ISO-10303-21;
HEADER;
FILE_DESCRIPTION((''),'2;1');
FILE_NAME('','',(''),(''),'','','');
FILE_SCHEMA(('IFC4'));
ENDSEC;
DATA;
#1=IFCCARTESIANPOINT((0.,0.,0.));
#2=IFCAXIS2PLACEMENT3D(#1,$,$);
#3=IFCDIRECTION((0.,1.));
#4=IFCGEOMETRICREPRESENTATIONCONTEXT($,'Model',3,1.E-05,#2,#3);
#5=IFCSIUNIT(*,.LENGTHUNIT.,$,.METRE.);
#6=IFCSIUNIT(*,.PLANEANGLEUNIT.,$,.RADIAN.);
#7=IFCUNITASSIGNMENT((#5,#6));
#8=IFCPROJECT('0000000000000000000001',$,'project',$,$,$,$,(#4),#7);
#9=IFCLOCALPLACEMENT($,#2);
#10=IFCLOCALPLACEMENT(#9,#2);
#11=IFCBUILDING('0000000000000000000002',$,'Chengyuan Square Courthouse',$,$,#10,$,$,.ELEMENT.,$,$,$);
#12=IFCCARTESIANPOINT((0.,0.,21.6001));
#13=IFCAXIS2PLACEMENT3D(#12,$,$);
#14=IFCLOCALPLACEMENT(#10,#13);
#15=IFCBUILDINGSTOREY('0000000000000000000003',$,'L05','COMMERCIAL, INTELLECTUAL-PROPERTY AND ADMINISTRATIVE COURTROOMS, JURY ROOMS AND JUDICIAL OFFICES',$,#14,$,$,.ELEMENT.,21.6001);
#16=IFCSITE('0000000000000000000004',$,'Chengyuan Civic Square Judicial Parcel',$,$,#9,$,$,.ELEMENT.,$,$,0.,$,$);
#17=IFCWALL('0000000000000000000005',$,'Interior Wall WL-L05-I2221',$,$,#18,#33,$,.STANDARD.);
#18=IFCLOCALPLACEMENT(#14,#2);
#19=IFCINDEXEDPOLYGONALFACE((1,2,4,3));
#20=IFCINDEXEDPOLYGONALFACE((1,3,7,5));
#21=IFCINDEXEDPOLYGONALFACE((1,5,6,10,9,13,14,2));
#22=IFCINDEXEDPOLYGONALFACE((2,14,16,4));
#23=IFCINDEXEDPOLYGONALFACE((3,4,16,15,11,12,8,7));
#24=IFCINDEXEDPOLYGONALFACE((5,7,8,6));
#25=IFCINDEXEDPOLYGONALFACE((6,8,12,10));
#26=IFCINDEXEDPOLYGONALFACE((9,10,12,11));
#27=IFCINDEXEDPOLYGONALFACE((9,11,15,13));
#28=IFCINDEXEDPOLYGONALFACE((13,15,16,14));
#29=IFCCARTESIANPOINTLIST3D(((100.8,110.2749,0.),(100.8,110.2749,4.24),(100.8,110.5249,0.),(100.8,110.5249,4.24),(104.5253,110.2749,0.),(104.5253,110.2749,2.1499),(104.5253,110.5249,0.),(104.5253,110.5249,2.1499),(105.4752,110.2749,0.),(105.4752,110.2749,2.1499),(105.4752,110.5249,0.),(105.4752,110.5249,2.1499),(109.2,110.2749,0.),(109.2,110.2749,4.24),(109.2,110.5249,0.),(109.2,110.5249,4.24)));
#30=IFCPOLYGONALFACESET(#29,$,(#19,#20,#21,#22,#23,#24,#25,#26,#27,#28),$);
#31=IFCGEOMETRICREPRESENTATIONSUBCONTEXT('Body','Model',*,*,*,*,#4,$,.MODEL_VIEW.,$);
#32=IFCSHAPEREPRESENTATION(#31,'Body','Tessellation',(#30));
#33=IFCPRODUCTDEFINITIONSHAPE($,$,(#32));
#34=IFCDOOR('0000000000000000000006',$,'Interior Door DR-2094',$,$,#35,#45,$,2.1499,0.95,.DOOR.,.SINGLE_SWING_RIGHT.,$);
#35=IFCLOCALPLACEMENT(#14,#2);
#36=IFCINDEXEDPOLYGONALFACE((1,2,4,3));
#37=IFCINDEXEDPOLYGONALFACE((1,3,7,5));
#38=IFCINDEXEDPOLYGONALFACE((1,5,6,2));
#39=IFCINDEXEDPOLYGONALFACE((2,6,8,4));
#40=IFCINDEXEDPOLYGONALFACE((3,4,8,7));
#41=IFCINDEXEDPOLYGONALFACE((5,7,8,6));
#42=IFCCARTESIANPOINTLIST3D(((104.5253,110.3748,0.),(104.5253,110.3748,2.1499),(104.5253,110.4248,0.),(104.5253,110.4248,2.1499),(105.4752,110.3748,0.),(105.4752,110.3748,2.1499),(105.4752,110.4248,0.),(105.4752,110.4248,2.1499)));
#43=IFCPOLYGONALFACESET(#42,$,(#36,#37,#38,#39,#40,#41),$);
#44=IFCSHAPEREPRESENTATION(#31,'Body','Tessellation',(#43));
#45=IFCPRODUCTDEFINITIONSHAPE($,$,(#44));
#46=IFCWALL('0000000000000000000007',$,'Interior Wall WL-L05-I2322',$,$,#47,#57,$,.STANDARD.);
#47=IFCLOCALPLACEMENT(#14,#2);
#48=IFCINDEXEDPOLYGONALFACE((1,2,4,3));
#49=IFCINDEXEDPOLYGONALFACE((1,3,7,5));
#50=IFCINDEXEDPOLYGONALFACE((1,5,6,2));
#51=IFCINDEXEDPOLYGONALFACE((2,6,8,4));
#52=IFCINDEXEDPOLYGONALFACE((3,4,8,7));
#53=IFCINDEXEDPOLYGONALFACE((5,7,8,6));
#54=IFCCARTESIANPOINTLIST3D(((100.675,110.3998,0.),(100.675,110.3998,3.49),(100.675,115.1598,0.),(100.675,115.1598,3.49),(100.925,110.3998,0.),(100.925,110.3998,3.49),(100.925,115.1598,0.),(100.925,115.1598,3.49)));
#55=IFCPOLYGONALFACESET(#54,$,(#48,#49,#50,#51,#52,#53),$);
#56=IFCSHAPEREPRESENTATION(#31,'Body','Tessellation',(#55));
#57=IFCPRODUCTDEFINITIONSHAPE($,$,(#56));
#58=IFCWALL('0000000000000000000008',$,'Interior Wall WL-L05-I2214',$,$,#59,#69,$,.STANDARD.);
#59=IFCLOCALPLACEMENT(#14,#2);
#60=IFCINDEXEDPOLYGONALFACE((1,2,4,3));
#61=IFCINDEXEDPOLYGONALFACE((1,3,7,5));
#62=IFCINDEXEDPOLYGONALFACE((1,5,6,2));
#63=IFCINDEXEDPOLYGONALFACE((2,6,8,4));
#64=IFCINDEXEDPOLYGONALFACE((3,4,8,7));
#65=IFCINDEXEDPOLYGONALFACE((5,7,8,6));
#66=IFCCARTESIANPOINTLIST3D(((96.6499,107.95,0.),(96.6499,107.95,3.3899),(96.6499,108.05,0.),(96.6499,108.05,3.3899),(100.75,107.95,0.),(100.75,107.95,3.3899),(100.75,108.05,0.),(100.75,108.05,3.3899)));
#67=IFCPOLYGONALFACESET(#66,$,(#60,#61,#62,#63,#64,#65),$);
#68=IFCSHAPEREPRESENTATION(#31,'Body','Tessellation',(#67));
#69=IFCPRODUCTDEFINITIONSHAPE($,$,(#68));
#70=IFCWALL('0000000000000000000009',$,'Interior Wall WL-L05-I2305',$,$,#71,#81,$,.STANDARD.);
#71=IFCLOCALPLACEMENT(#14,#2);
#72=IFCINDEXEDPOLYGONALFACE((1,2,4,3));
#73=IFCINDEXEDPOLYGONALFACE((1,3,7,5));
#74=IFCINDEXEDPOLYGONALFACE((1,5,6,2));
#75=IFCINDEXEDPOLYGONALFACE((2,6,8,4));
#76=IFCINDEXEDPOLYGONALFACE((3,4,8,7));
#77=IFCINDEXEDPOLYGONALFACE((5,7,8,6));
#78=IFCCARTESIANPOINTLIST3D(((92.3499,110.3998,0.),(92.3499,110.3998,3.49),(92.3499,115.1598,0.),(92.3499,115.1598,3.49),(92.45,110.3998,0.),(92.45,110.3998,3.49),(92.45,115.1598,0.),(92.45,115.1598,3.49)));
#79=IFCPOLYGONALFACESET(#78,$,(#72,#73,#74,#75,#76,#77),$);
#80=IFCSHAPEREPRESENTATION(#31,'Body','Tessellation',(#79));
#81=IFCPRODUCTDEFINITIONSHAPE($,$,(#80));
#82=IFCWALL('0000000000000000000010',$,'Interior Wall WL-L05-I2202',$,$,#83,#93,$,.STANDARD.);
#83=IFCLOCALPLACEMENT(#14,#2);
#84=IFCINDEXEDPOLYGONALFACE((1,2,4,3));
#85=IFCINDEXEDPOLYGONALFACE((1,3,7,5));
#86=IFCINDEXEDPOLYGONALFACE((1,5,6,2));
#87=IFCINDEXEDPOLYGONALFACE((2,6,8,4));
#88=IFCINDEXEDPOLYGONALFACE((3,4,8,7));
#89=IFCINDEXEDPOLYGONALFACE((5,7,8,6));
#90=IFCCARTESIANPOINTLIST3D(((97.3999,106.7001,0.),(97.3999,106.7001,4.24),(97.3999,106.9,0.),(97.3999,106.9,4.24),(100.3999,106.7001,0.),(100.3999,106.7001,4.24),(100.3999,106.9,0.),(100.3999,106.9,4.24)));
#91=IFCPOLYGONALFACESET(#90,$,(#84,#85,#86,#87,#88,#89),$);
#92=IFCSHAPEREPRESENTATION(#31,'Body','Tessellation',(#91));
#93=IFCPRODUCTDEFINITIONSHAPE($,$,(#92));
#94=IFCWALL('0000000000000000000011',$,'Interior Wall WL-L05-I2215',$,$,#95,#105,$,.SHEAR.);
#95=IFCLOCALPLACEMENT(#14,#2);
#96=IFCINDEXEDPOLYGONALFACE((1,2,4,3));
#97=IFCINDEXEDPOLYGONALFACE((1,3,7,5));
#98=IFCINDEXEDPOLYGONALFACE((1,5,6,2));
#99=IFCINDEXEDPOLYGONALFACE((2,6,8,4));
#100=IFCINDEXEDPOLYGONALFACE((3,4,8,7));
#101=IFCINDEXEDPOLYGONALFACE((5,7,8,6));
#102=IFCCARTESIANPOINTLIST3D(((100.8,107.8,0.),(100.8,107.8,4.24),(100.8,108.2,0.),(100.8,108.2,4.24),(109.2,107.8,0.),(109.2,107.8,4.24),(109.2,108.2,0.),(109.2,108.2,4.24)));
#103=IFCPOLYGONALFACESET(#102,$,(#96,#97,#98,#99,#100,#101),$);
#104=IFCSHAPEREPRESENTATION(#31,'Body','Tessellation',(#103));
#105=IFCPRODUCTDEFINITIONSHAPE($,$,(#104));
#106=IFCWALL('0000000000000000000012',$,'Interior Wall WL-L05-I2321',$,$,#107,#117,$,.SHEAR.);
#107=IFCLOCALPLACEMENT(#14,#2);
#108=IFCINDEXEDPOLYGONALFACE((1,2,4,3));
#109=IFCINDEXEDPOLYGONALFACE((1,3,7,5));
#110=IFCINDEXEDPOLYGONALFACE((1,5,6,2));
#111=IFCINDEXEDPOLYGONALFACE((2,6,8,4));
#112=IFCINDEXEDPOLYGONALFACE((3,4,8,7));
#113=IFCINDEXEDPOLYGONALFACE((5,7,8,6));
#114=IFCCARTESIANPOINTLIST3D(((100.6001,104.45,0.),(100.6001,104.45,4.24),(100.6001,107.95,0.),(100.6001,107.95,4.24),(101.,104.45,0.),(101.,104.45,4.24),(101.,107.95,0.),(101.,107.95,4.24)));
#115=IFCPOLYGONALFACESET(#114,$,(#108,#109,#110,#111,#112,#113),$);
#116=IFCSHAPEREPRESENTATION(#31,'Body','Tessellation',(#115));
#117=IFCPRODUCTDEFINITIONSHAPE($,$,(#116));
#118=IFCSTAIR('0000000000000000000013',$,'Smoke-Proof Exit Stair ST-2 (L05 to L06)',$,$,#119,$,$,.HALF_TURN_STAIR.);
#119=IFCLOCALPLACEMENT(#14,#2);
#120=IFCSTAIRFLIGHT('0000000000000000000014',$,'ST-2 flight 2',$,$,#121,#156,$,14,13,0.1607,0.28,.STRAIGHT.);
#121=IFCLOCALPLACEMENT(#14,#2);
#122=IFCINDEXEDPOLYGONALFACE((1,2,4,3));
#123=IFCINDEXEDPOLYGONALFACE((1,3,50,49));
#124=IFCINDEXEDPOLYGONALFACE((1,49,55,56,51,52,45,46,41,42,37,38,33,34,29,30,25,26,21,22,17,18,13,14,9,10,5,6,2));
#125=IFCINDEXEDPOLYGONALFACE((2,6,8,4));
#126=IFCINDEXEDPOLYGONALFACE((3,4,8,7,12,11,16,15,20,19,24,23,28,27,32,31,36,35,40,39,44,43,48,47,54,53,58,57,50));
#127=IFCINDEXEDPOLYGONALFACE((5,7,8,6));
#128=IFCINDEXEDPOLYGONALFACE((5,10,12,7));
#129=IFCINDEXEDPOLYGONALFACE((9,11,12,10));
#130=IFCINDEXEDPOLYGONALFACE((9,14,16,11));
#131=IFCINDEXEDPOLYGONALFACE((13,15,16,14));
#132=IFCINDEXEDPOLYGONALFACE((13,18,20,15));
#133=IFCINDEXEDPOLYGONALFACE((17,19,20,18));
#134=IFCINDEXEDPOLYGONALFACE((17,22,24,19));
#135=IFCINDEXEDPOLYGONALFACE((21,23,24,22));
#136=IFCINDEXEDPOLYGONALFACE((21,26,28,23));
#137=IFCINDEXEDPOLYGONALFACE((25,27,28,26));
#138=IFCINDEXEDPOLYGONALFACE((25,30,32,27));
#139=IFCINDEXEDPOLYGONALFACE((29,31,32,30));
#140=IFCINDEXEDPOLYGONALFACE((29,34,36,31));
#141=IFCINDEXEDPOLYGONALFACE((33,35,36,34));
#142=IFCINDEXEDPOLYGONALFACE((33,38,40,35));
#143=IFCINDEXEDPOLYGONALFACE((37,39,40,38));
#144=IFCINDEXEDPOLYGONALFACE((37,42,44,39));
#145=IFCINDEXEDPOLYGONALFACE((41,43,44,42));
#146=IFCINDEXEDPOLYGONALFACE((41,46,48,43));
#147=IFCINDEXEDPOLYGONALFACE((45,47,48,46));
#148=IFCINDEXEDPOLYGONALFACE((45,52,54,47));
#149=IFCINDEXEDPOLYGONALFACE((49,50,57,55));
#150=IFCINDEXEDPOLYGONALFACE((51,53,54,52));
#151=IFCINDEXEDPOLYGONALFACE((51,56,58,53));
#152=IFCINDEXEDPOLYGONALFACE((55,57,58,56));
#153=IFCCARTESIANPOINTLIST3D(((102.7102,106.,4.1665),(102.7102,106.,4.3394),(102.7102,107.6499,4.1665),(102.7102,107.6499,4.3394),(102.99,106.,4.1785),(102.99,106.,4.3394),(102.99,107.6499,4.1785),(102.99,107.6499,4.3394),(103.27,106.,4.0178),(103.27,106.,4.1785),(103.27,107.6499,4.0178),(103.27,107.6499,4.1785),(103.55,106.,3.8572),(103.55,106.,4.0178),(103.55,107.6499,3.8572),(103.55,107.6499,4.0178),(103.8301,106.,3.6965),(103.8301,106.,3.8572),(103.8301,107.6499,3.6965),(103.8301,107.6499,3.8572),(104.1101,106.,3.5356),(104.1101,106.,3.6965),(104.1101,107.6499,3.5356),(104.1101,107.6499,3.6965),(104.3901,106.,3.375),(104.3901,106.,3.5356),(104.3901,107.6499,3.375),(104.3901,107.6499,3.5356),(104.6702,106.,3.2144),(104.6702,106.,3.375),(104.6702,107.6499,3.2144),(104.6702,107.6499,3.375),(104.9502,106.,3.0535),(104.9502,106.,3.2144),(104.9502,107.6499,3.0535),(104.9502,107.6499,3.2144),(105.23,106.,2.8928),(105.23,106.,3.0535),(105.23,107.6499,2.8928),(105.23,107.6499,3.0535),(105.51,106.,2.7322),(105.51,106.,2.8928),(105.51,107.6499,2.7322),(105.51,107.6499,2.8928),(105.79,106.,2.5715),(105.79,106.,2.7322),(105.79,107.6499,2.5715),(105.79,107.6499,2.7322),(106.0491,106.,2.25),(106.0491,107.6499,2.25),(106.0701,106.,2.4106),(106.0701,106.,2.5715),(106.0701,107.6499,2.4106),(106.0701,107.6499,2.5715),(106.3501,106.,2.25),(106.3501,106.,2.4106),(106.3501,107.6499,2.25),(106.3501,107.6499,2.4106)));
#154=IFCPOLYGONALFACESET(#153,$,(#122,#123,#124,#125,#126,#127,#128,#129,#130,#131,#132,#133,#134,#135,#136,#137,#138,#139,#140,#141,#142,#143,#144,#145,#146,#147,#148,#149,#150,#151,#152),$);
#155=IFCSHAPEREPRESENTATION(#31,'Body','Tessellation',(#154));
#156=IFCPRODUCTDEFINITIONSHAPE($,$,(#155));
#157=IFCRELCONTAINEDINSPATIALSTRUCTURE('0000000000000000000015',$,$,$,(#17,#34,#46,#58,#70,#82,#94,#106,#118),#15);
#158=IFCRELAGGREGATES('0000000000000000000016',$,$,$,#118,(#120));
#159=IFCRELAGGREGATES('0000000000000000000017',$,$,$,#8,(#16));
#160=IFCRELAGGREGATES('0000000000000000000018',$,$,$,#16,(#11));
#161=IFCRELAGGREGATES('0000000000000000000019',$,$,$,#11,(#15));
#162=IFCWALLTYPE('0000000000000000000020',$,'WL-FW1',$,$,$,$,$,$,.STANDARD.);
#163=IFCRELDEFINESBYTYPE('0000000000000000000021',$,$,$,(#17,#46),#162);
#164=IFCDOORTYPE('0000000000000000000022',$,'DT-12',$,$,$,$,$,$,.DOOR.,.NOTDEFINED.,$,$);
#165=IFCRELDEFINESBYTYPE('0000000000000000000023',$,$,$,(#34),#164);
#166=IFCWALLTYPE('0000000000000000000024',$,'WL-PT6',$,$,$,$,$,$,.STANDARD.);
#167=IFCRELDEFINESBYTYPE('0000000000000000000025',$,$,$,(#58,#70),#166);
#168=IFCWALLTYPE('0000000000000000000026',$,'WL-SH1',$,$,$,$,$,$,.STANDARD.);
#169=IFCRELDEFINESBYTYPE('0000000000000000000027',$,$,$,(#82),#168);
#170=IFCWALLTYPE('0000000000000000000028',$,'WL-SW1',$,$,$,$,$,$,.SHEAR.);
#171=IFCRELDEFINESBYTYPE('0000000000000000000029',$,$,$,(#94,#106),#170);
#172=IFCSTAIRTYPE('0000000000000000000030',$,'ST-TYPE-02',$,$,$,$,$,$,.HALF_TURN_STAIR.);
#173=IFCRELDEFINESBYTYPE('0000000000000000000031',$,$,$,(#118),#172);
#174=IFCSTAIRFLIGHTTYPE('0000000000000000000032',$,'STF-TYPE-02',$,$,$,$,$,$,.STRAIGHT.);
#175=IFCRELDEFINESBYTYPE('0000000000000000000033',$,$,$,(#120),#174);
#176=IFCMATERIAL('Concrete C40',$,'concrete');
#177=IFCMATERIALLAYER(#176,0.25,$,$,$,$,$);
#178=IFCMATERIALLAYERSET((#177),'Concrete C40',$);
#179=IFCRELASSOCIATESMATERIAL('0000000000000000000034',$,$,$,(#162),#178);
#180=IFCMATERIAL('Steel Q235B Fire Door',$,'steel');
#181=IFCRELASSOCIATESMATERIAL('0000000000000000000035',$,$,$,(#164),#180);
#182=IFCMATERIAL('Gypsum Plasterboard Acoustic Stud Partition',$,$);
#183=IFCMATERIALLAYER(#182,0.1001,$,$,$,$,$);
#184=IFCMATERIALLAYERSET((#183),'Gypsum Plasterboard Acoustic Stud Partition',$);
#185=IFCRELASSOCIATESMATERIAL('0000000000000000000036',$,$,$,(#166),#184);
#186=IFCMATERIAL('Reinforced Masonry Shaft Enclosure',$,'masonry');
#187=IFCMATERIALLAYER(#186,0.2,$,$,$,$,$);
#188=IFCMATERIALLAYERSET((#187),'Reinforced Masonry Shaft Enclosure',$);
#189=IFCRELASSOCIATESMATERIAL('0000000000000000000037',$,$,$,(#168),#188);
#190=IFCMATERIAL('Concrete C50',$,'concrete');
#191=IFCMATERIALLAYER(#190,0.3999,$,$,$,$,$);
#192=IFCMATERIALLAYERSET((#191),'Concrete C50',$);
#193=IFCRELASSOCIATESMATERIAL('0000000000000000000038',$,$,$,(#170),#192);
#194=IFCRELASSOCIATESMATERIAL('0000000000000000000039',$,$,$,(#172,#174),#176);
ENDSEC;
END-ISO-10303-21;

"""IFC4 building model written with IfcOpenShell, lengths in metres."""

from ifc_helpers import new_model, si_unit, direction, frame, frame_2d, origin, place, context, subcontext, project, spatial, polyline, rectangle, outline, extrude, material, layer, layer_set, type_object, element, fill, aggregate, save


model = new_model("IFC4")

# Units and contexts
model_context = context("Model", 3, precision=1e-05, world=origin(), true_north=direction((0.0, 1.0)))
body_context = subcontext(model_context, "Body", "Model", "MODEL_VIEW")
ifc_project = project(units=[si_unit("LENGTHUNIT", "METRE"), si_unit("PLANEANGLEUNIT", "RADIAN")], contexts=[model_context])

# Site, building, storey
site_placement = place(None, origin())
site = spatial("IfcSite", under=ifc_project, at=site_placement, Name="Chengyuan Civic Square Judicial Parcel", CompositionType="ELEMENT", RefElevation=0.0)
building_placement = place(site_placement, origin())
building = spatial("IfcBuilding", under=site, at=building_placement, Name="Chengyuan Square Courthouse", CompositionType="ELEMENT")
storey_placement = place(building_placement, frame((0.0, 0.0, 21.6001)))
storey = spatial("IfcBuildingStorey", under=building, at=storey_placement, Name="L05", Description="COMMERCIAL, INTELLECTUAL-PROPERTY AND ADMINISTRATIVE COURTROOMS, JURY ROOMS AND JUDICIAL OFFICES", CompositionType="ELEMENT", Elevation=21.6001)

# Shared definitions
ifc_material_1 = material(Name="Concrete C50", Category="concrete")

# Shared definitions
ifc_material_2 = material(Name="Concrete C40", Category="concrete")

# Wall, opening, door
ifc_layer_1 = layer(ifc_material_2, 0.25)
ifc_layer_set_1 = layer_set([ifc_layer_1], Name="Concrete C40")
wall_type_1 = type_object("IfcWallType", Name="WL-FW1", PredefinedType="STANDARD", material=ifc_layer_set_1)
ifc_material_3 = material(Name="Steel Q235B Fire Door", Category="steel")
wall_1_placement = place(storey_placement, frame((100.8, 110.3999, 0.0), z_axis=(0.0, 0.0, 1.0), x_axis=(1.0, 0.0, 0.0)))
wall_1 = element("IfcWall", 1, at=wall_1_placement, inside=storey, type_object=wall_type_1, Name="Interior Wall WL-L05-I2221", PredefinedType="STANDARD", context=body_context, shape_type="SweptSolid", body=[
    extrude(rectangle(XDim=8.3999, YDim=0.25, at=frame_2d((4.2, 0.0))), origin(), (0.0, 0.0, 1.0), 4.24),
])
opening_1_placement = place(wall_1_placement, frame((3.7251, 0.0, 0.0)))
opening_1 = element("IfcOpeningElement", 2, at=opening_1_placement, cuts=wall_1, PredefinedType="OPENING", context=body_context, shape_type="SweptSolid", body=[
    extrude(rectangle(XDim=0.95, YDim=2.1499, at=frame_2d((0.4751, 1.075))), frame((0.0, 0.137, 0.0), z_axis=(0.0, -1.0, 0.0), x_axis=(1.0, 0.0, 0.0)), (0.0, 0.0, 1.0), 0.2739),
])
door_type_1 = type_object("IfcDoorType", Name="DT-12", OperationType="NOTDEFINED", PredefinedType="DOOR", material=ifc_material_3)
door_1_placement = place(opening_1_placement, origin())
door_1 = element("IfcDoor", 3, at=door_1_placement, inside=storey, type_object=door_type_1, Name="Interior Door DR-2094", OperationType="SINGLE_SWING_RIGHT", OverallHeight=2.1499, OverallWidth=0.95, PredefinedType="DOOR", context=body_context, shape_type="SweptSolid", body=[
    extrude(rectangle(XDim=0.95, YDim=2.1499, at=frame_2d((0.4751, 1.075))), frame((0.0, 0.0249, 0.0), z_axis=(0.0, -1.0, 0.0), x_axis=(1.0, 0.0, 0.0)), (0.0, 0.0, 1.0), 0.05),
])
fill(opening_1, door_1)

# Walls
wall_2_placement = place(storey_placement, frame((100.8, 110.3999, 0.0), z_axis=(0.0, 0.0, 1.0), x_axis=(0.0, 1.0, 0.0)))
element("IfcWall", 4, at=wall_2_placement, inside=storey, type_object=wall_type_1, Name="Interior Wall WL-L05-I2322", PredefinedType="STANDARD", context=body_context, shape_type="SweptSolid", body=[
    extrude(rectangle(XDim=4.76, YDim=0.25, at=frame_2d((2.3799, 0.0))), origin(), (0.0, 0.0, 1.0), 3.49),
])
ifc_material_4 = material(Name="Gypsum Plasterboard Acoustic Stud Partition")
ifc_layer_2 = layer(ifc_material_4, 0.1001)
ifc_layer_set_2 = layer_set([ifc_layer_2], Name="Gypsum Plasterboard Acoustic Stud Partition")
wall_type_2 = type_object("IfcWallType", Name="WL-PT6", PredefinedType="STANDARD", material=ifc_layer_set_2)
wall_3_placement = place(storey_placement, frame((96.6499, 108.0, 0.0), z_axis=(0.0, 0.0, 1.0), x_axis=(1.0, 0.0, 0.0)))
element("IfcWall", 5, at=wall_3_placement, inside=storey, type_object=wall_type_2, Name="Interior Wall WL-L05-I2214", PredefinedType="STANDARD", context=body_context, shape_type="SweptSolid", body=[
    extrude(rectangle(XDim=4.1001, YDim=0.1001, at=frame_2d((2.05, 0.0))), origin(), (0.0, 0.0, 1.0), 3.3899),
])
wall_4_placement = place(storey_placement, frame((92.3999, 110.3999, 0.0), z_axis=(0.0, 0.0, 1.0), x_axis=(0.0, 1.0, 0.0)))
element("IfcWall", 6, at=wall_4_placement, inside=storey, type_object=wall_type_2, Name="Interior Wall WL-L05-I2305", PredefinedType="STANDARD", context=body_context, shape_type="SweptSolid", body=[
    extrude(rectangle(XDim=4.76, YDim=0.1001, at=frame_2d((2.3799, 0.0))), origin(), (0.0, 0.0, 1.0), 3.49),
])
ifc_material_5 = material(Name="Reinforced Masonry Shaft Enclosure", Category="masonry")
ifc_layer_3 = layer(ifc_material_5, 0.2)
ifc_layer_set_3 = layer_set([ifc_layer_3], Name="Reinforced Masonry Shaft Enclosure")
wall_type_3 = type_object("IfcWallType", Name="WL-SH1", PredefinedType="STANDARD", material=ifc_layer_set_3)
wall_5_placement = place(storey_placement, frame((97.3999, 106.8, 0.0), z_axis=(0.0, 0.0, 1.0), x_axis=(1.0, 0.0, 0.0)))
element("IfcWall", 7, at=wall_5_placement, inside=storey, type_object=wall_type_3, Name="Interior Wall WL-L05-I2202", PredefinedType="STANDARD", context=body_context, shape_type="SweptSolid", body=[
    extrude(rectangle(XDim=3.0, YDim=0.2, at=frame_2d((1.5, 0.0))), origin(), (0.0, 0.0, 1.0), 4.24),
])
ifc_layer_4 = layer(ifc_material_1, 0.3999)
ifc_layer_set_4 = layer_set([ifc_layer_4], Name="Concrete C50")
wall_type_4 = type_object("IfcWallType", Name="WL-SW1", PredefinedType="SHEAR", material=ifc_layer_set_4)
wall_6_placement = place(storey_placement, frame((100.8, 108.0, 0.0), z_axis=(0.0, 0.0, 1.0), x_axis=(1.0, 0.0, 0.0)))
element("IfcWall", 8, at=wall_6_placement, inside=storey, type_object=wall_type_4, Name="Interior Wall WL-L05-I2215", PredefinedType="SHEAR", context=body_context, shape_type="SweptSolid", body=[
    extrude(rectangle(XDim=8.3999, YDim=0.3999, at=frame_2d((4.2, 0.0))), origin(), (0.0, 0.0, 1.0), 4.24),
])
wall_7_placement = place(storey_placement, frame((100.8, 104.45, 0.0), z_axis=(0.0, 0.0, 1.0), x_axis=(0.0, 1.0, 0.0)))
element("IfcWall", 9, at=wall_7_placement, inside=storey, type_object=wall_type_4, Name="Interior Wall WL-L05-I2321", PredefinedType="SHEAR", context=body_context, shape_type="SweptSolid", body=[
    extrude(rectangle(XDim=3.5, YDim=0.3999, at=frame_2d((1.75, 0.0))), origin(), (0.0, 0.0, 1.0), 4.24),
])

# Stair, stair flight
stair_type = type_object("IfcStairType", Name="ST-TYPE-02", PredefinedType="HALF_TURN_STAIR", material=ifc_material_2)
stair_placement = place(storey_placement, origin())
stair = element("IfcStair", 10, at=stair_placement, inside=storey, type_object=stair_type, Name="Smoke-Proof Exit Stair ST-2 (L05 to L06)", PredefinedType="HALF_TURN_STAIR")
stair_flight_type = type_object("IfcStairFlightType", Name="STF-TYPE-02", PredefinedType="STRAIGHT", material=ifc_material_2)
stair_flight_placement = place(storey_placement, frame((106.3501, 106.825, 2.25), z_axis=(0.0, 0.0, 1.0), x_axis=(-1.0, 0.0, 0.0)))
stair_flight = element("IfcStairFlight", 11, at=stair_flight_placement, type_object=stair_flight_type, Name="ST-2 flight 2", NumberOfRisers=14, NumberOfTreads=13, PredefinedType="STRAIGHT", RiserHeight=0.1607, TreadLength=0.28, context=body_context, shape_type="SweptSolid", body=[
    extrude(outline(polyline([(0.0, 0.0), (0.0, 0.1606), (0.28, 0.1606), (0.28, 0.3215), (0.5601, 0.3215), (0.5601, 0.4822), (0.8401, 0.4822), (0.8401, 0.6428), (1.1201, 0.6428), (1.1201, 0.8035), (1.3999, 0.8035), (1.3999, 0.9644), (1.6799, 0.9644), (1.6799, 1.125), (1.96, 1.125), (1.96, 1.2856), (2.24, 1.2856), (2.24, 1.4465), (2.52, 1.4465), (2.52, 1.6072), (2.8, 1.6072), (2.8, 1.7678), (3.0801, 1.7678), (3.0801, 1.9285), (3.3601, 1.9285), (3.3601, 2.0894), (3.6399, 2.0894), (3.6399, 2.25), (3.6399, 1.9165), (0.301, 0.0), (0.0, 0.0)])), frame((0.0, 0.825, 0.0), z_axis=(0.0, -1.0, 0.0), x_axis=(1.0, 0.0, 0.0)), (0.0, 0.0, 1.0), 1.6499),
])
aggregate(stair, [stair_flight])

save(model, "model.ifc")
